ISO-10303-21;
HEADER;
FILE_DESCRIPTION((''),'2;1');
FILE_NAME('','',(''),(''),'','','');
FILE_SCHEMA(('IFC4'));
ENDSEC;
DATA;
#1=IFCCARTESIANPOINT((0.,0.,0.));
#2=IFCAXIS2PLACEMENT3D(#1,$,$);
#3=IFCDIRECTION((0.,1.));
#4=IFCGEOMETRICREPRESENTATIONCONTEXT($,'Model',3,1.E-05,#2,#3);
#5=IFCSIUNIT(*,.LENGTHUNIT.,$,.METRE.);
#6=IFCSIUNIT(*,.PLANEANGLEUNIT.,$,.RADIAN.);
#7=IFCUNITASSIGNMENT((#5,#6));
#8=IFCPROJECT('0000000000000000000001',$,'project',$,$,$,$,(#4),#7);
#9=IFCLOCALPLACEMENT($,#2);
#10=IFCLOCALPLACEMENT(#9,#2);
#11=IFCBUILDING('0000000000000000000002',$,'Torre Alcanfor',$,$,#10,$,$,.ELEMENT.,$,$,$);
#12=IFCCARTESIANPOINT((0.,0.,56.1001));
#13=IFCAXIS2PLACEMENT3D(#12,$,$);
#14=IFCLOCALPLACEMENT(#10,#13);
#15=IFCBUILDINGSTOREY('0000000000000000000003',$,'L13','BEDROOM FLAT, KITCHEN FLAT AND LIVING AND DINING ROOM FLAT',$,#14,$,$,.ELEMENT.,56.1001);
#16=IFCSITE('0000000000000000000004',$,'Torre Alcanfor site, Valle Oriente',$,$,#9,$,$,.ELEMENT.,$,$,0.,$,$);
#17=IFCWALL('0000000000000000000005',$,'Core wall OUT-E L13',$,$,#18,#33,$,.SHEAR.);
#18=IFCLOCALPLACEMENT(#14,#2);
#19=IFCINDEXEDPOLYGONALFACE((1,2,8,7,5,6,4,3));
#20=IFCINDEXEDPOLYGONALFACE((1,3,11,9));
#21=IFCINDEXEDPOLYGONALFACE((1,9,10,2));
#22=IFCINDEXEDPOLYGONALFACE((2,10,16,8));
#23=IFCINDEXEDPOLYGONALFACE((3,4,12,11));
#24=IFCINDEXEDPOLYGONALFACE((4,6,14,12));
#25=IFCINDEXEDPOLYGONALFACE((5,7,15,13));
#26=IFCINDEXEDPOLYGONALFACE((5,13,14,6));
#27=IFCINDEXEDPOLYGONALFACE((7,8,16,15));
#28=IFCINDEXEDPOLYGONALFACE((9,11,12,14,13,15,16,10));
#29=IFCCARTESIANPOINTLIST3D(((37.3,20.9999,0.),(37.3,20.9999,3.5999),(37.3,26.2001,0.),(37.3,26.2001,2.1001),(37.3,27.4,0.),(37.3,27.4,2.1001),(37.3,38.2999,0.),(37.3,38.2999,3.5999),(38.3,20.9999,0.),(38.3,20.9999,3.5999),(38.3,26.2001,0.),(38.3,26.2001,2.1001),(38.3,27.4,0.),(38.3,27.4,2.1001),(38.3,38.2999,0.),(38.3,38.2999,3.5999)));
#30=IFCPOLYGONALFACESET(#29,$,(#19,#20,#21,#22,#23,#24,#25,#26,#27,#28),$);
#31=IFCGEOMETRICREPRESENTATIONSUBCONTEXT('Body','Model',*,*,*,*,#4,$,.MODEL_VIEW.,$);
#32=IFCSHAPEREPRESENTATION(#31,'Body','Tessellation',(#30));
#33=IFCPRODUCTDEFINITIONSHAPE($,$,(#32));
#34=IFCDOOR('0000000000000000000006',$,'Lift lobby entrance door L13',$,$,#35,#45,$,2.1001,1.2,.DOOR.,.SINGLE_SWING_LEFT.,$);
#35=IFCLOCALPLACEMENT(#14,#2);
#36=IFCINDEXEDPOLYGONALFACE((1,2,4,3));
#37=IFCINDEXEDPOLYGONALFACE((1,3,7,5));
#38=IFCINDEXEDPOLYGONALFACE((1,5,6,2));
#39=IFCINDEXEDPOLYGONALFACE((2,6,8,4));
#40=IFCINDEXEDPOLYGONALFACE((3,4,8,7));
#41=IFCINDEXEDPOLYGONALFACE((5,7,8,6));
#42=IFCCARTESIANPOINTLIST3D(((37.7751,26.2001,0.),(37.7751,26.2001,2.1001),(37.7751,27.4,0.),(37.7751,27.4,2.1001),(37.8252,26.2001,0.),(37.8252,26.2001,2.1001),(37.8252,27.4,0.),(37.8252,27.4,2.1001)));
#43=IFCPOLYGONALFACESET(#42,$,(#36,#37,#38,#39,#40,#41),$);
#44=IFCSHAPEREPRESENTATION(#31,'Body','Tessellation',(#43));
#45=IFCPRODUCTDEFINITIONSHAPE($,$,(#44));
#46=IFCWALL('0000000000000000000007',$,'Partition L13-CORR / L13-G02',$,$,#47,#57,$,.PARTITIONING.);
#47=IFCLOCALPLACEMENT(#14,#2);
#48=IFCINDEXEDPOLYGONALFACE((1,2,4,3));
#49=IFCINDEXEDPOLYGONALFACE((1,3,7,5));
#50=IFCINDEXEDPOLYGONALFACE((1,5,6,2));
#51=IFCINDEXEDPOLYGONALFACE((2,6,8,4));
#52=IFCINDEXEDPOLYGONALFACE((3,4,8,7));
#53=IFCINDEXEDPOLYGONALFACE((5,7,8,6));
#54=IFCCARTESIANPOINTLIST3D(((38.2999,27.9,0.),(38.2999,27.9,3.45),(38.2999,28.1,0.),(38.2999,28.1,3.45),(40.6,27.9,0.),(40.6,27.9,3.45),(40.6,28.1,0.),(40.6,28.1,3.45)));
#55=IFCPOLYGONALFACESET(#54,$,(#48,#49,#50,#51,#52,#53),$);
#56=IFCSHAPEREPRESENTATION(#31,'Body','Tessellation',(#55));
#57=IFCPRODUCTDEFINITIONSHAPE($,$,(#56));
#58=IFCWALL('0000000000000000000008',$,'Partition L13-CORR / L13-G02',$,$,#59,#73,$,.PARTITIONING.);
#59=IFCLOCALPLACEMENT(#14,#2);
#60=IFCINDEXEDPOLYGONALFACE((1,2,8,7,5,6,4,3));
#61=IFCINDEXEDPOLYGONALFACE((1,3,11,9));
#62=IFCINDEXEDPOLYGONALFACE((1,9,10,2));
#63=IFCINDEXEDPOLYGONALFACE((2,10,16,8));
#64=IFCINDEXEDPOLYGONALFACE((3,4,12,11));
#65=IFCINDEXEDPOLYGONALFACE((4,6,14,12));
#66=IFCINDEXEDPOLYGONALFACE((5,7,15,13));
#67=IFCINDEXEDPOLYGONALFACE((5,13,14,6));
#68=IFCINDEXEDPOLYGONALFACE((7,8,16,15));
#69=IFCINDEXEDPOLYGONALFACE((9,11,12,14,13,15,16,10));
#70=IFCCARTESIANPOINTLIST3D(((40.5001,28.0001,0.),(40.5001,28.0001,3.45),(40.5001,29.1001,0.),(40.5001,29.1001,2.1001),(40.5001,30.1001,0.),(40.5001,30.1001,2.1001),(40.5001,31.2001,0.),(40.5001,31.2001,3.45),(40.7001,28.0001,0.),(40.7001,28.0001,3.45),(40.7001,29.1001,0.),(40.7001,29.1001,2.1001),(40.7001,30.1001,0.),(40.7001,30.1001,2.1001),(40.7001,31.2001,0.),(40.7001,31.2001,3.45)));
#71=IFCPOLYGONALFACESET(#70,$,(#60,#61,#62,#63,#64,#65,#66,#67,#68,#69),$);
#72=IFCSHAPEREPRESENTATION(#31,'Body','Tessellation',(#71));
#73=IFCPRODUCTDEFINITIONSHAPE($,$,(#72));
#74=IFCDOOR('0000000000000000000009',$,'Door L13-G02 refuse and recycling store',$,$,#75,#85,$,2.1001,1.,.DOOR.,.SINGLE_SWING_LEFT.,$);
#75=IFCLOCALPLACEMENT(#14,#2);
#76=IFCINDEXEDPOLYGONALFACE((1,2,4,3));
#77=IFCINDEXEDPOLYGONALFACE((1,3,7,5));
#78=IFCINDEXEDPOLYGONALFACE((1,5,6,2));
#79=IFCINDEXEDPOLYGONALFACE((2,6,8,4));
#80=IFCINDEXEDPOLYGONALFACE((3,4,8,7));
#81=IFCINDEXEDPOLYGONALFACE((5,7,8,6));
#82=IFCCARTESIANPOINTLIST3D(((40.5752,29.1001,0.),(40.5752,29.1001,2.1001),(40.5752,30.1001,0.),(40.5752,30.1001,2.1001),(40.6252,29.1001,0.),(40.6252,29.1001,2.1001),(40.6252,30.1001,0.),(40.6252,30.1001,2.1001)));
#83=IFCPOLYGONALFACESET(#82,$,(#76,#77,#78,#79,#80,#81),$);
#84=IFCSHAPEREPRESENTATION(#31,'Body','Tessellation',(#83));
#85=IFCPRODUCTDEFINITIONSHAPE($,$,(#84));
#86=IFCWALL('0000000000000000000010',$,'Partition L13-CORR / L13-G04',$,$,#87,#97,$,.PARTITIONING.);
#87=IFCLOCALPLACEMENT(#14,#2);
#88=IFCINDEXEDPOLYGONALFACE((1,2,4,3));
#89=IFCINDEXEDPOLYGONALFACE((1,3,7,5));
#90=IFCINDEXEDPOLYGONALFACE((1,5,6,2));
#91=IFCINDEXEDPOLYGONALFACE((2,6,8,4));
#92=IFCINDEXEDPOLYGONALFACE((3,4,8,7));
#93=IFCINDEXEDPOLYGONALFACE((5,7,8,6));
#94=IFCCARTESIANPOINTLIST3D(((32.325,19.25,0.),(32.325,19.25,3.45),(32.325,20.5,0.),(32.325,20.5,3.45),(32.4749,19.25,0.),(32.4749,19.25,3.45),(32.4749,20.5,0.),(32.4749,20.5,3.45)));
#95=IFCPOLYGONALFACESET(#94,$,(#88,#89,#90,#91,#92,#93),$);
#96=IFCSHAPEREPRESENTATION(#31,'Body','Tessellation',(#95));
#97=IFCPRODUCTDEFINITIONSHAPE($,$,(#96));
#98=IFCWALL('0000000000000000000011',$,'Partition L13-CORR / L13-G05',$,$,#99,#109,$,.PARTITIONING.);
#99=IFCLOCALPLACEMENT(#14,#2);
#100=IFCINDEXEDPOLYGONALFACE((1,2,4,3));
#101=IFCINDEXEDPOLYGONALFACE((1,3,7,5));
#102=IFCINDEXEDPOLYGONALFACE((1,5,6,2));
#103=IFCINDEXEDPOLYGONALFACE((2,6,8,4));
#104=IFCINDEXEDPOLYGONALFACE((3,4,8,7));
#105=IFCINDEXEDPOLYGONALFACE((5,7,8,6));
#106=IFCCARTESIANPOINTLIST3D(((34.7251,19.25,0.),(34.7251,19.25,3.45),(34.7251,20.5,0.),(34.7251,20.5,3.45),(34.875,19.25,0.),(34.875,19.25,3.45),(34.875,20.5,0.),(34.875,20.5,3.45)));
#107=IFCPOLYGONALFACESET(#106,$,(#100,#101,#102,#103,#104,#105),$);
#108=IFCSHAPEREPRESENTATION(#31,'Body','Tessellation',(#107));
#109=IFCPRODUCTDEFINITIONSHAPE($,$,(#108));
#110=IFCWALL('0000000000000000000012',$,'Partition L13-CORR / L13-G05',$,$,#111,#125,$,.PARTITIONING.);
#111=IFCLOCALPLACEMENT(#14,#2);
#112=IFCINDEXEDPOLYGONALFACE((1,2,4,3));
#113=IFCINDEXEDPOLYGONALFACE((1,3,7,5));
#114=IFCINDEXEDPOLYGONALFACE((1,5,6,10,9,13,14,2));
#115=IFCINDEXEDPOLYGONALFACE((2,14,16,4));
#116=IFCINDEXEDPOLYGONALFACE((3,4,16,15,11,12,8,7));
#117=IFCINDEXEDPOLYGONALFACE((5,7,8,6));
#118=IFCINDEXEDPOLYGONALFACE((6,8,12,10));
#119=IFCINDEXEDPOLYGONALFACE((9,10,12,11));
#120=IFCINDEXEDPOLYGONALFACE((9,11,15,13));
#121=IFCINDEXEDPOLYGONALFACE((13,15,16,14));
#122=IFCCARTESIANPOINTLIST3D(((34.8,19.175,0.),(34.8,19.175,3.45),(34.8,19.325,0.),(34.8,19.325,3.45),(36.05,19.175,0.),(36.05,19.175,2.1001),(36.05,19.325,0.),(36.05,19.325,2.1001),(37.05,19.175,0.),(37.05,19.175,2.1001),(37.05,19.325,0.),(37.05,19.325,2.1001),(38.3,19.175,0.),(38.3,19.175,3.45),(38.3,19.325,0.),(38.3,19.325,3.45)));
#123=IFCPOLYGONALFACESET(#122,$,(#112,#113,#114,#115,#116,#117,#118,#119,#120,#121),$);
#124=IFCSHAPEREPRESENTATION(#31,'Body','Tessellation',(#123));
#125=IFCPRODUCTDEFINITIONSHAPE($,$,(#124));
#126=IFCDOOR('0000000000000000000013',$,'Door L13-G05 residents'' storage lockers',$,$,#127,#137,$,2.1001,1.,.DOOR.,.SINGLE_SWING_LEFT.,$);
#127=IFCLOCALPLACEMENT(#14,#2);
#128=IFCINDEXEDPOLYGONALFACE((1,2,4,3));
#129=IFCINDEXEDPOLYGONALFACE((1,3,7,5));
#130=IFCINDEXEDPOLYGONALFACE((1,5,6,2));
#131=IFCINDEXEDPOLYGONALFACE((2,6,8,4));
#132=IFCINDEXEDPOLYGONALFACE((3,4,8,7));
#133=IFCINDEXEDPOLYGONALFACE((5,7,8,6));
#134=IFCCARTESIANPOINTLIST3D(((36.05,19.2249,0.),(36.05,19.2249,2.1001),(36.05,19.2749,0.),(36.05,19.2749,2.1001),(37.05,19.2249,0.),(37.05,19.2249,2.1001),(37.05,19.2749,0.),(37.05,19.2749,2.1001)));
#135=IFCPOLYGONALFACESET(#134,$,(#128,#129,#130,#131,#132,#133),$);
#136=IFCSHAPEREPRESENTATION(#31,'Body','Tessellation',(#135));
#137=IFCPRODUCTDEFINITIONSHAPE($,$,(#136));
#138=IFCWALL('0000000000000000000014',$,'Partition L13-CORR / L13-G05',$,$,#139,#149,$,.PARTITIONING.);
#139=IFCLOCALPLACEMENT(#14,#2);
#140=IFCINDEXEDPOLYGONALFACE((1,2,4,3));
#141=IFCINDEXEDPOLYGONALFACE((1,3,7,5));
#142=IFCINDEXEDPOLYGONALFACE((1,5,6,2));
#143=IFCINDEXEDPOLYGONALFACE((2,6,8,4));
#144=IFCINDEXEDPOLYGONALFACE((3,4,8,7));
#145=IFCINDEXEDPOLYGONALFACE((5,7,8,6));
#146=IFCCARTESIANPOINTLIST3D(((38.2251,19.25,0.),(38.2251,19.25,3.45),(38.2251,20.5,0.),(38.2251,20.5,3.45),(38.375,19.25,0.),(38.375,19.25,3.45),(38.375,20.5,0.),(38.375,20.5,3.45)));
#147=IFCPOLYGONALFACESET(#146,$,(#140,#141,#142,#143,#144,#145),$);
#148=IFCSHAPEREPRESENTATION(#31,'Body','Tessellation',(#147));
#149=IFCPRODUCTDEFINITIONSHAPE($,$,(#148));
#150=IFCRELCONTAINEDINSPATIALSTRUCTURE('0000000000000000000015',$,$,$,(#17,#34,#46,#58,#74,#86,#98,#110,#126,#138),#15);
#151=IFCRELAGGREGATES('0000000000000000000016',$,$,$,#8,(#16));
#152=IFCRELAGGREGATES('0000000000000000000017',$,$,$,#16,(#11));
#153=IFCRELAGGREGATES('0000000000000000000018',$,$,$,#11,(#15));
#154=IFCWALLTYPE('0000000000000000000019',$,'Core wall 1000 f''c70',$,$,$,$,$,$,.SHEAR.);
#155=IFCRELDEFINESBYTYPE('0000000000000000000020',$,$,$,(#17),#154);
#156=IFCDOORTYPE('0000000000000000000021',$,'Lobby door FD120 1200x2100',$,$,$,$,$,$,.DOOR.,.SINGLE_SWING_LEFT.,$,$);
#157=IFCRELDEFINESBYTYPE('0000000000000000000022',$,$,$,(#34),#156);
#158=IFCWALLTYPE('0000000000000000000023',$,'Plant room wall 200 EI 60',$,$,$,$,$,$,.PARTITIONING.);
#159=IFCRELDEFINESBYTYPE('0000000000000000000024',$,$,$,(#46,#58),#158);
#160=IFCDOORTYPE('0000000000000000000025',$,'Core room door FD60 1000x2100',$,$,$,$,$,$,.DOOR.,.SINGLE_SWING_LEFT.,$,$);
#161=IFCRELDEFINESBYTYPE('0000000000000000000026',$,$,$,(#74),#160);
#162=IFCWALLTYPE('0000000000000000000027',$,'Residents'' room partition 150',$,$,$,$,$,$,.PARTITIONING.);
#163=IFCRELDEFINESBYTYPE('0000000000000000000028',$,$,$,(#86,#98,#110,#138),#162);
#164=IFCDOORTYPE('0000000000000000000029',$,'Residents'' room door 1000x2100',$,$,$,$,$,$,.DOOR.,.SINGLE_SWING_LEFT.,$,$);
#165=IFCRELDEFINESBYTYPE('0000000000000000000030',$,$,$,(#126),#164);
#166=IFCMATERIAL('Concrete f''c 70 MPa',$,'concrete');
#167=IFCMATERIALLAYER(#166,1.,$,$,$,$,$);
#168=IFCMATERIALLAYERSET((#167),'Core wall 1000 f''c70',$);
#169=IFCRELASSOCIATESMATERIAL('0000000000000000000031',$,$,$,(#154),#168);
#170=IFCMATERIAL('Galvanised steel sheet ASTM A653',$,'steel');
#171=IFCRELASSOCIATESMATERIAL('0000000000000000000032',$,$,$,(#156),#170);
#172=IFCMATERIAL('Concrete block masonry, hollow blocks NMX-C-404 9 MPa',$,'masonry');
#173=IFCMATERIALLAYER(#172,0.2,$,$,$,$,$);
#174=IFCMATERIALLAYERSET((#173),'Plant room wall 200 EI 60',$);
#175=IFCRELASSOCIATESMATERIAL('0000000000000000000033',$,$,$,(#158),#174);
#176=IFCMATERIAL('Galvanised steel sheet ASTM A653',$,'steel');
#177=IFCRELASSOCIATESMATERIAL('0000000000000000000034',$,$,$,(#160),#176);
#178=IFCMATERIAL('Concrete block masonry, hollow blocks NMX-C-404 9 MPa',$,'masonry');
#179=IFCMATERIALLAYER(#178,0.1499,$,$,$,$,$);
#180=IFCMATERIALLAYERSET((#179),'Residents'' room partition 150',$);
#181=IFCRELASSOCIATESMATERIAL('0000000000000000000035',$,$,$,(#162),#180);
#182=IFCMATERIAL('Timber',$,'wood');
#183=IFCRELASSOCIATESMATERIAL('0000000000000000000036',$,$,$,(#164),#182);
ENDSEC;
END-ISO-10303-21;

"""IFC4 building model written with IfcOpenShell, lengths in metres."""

from ifc_helpers import new_model, si_unit, direction, frame, frame_2d, origin, place, context, subcontext, project, spatial, rectangle, extrude, material, layer, layer_set, type_object, element, fill, save


model = new_model("IFC4")

# Units and contexts
model_context = context("Model", 3, precision=1e-05, world=origin(), true_north=direction((0.0, 1.0)))
body_context = subcontext(model_context, "Body", "Model", "MODEL_VIEW")
ifc_project = project(units=[si_unit("LENGTHUNIT", "METRE"), si_unit("PLANEANGLEUNIT", "RADIAN")], contexts=[model_context])

# Site, building, storey
site_placement = place(None, origin())
site = spatial("IfcSite", under=ifc_project, at=site_placement, Name="Torre Alcanfor site, Valle Oriente", CompositionType="ELEMENT", RefElevation=0.0)
building_placement = place(site_placement, origin())
building = spatial("IfcBuilding", under=site, at=building_placement, Name="Torre Alcanfor", CompositionType="ELEMENT")
storey_placement = place(building_placement, frame((0.0, 0.0, 56.1001)))
storey = spatial("IfcBuildingStorey", under=building, at=storey_placement, Name="L13", Description="BEDROOM FLAT, KITCHEN FLAT AND LIVING AND DINING ROOM FLAT", CompositionType="ELEMENT", Elevation=56.1001)

# Wall, opening, door
ifc_material_1 = material(Name="Concrete f'c 70 MPa", Category="concrete")
ifc_layer_1 = layer(ifc_material_1, 1.0)
ifc_layer_set_1 = layer_set([ifc_layer_1], Name="Core wall 1000 f'c70")
wall_type_1 = type_object("IfcWallType", Name="Core wall 1000 f'c70", PredefinedType="SHEAR", material=ifc_layer_set_1)
wall_1_placement = place(storey_placement, frame((37.8, 21.0, 0.0), z_axis=(0.0, 0.0, 1.0), x_axis=(0.0, 1.0, 0.0)))
wall_1 = element("IfcWall", 1, at=wall_1_placement, inside=storey, type_object=wall_type_1, Name="Core wall OUT-E L13", PredefinedType="SHEAR", context=body_context, shape_type="SweptSolid", body=[
    extrude(rectangle(XDim=17.3, YDim=1.0, at=frame_2d((8.6499, 0.0))), origin(), (0.0, 0.0, 1.0), 3.5999),
])
opening_1_placement = place(wall_1_placement, frame((5.2, 0.0, 0.0)))
opening_1 = element("IfcOpeningElement", 2, at=opening_1_placement, cuts=wall_1, PredefinedType="OPENING", context=body_context, shape_type="SweptSolid", body=[
    extrude(rectangle(XDim=1.2, YDim=2.1001, at=frame_2d((0.6001, 1.05))), frame((0.0, 0.51, 0.0), z_axis=(0.0, -1.0, 0.0), x_axis=(1.0, 0.0, 0.0)), (0.0, 0.0, 1.0), 1.02),
])
ifc_material_2 = material(Name="Galvanised steel sheet ASTM A653", Category="steel")
door_type_1 = type_object("IfcDoorType", Name="Lobby door FD120 1200x2100", OperationType="SINGLE_SWING_LEFT", PredefinedType="DOOR", material=ifc_material_2)
door_1_placement = place(opening_1_placement, origin())
door_1 = element("IfcDoor", 3, at=door_1_placement, inside=storey, type_object=door_type_1, Name="Lift lobby entrance door L13", OperationType="SINGLE_SWING_LEFT", OverallHeight=2.1001, OverallWidth=1.2, PredefinedType="DOOR", context=body_context, shape_type="SweptSolid", body=[
    extrude(rectangle(XDim=1.2, YDim=2.1001, at=frame_2d((0.6001, 1.05))), frame((0.0, 0.0249, 0.0), z_axis=(0.0, -1.0, 0.0), x_axis=(1.0, 0.0, 0.0)), (0.0, 0.0, 1.0), 0.05),
])
fill(opening_1, door_1)

# Wall
ifc_material_3 = material(Name="Concrete block masonry, hollow blocks NMX-C-404 9 MPa", Category="masonry")
ifc_layer_2 = layer(ifc_material_3, 0.2)
ifc_layer_set_2 = layer_set([ifc_layer_2], Name="Plant room wall 200 EI 60")
wall_type_2 = type_object("IfcWallType", Name="Plant room wall 200 EI 60", PredefinedType="PARTITIONING", material=ifc_layer_set_2)
wall_2_placement = place(storey_placement, frame((38.3, 28.0, 0.0), z_axis=(0.0, 0.0, 1.0), x_axis=(1.0, 0.0, 0.0)))
element("IfcWall", 4, at=wall_2_placement, inside=storey, type_object=wall_type_2, Name="Partition L13-CORR / L13-G02", PredefinedType="PARTITIONING", context=body_context, shape_type="SweptSolid", body=[
    extrude(rectangle(XDim=2.3, YDim=0.2, at=frame_2d((1.1499, 0.0))), origin(), (0.0, 0.0, 1.0), 3.45),
])

# Wall, opening, door
wall_3_placement = place(storey_placement, frame((40.6001, 28.0, 0.0), z_axis=(0.0, 0.0, 1.0), x_axis=(0.0, 1.0, 0.0)))
wall_3 = element("IfcWall", 5, at=wall_3_placement, inside=storey, type_object=wall_type_2, Name="Partition L13-CORR / L13-G02", PredefinedType="PARTITIONING", context=body_context, shape_type="SweptSolid", body=[
    extrude(rectangle(XDim=3.2, YDim=0.2, at=frame_2d((1.6001, 0.0))), origin(), (0.0, 0.0, 1.0), 3.45),
])
opening_2_placement = place(wall_3_placement, frame((1.1001, 0.0, 0.0)))
opening_2 = element("IfcOpeningElement", 6, at=opening_2_placement, cuts=wall_3, PredefinedType="OPENING", context=body_context, shape_type="SweptSolid", body=[
    extrude(rectangle(XDim=1.0, YDim=2.1001, at=frame_2d((0.5, 1.05))), frame((0.0, 0.1099, 0.0), z_axis=(0.0, -1.0, 0.0), x_axis=(1.0, 0.0, 0.0)), (0.0, 0.0, 1.0), 0.22),
])
ifc_material_4 = material(Name="Galvanised steel sheet ASTM A653", Category="steel")
door_type_2 = type_object("IfcDoorType", Name="Core room door FD60 1000x2100", OperationType="SINGLE_SWING_LEFT", PredefinedType="DOOR", material=ifc_material_4)
door_2_placement = place(opening_2_placement, origin())
door_2 = element("IfcDoor", 7, at=door_2_placement, inside=storey, type_object=door_type_2, Name="Door L13-G02 refuse and recycling store", OperationType="SINGLE_SWING_LEFT", OverallHeight=2.1001, OverallWidth=1.0, PredefinedType="DOOR", context=body_context, shape_type="SweptSolid", body=[
    extrude(rectangle(XDim=1.0, YDim=2.1001, at=frame_2d((0.5, 1.05))), frame((0.0, 0.0249, 0.0), z_axis=(0.0, -1.0, 0.0), x_axis=(1.0, 0.0, 0.0)), (0.0, 0.0, 1.0), 0.05),
])
fill(opening_2, door_2)

# Walls
ifc_material_5 = material(Name="Concrete block masonry, hollow blocks NMX-C-404 9 MPa", Category="masonry")
ifc_layer_3 = layer(ifc_material_5, 0.1499)
ifc_layer_set_3 = layer_set([ifc_layer_3], Name="Residents' room partition 150")
wall_type_3 = type_object("IfcWallType", Name="Residents' room partition 150", PredefinedType="PARTITIONING", material=ifc_layer_set_3)
for number, where, z_axis, x_axis, name in (
    (8, (32.3999, 19.25, 0.0), (0.0, 0.0, 1.0), (0.0, 1.0, 0.0), "Partition L13-CORR / L13-G04"),
    (9, (34.8, 20.5, 0.0), (0.0, 0.0, 1.0), (0.0, -1.0, 0.0), "Partition L13-CORR / L13-G05"),
):
    element("IfcWall", number, at=place(storey_placement, frame(where, z_axis=z_axis, x_axis=x_axis)), inside=storey, type_object=wall_type_3, Name=name, PredefinedType="PARTITIONING", context=body_context, shape_type="SweptSolid", body=[
        extrude(rectangle(XDim=1.25, YDim=0.1499, at=frame_2d((0.625, 0.0))), origin(), (0.0, 0.0, 1.0), 3.45),
    ])

# Wall, opening, door
wall_4_placement = place(storey_placement, frame((34.8, 19.25, 0.0), z_axis=(0.0, 0.0, 1.0), x_axis=(1.0, 0.0, 0.0)))
wall_4 = element("IfcWall", 10, at=wall_4_placement, inside=storey, type_object=wall_type_3, Name="Partition L13-CORR / L13-G05", PredefinedType="PARTITIONING", context=body_context, shape_type="SweptSolid", body=[
    extrude(rectangle(XDim=3.5, YDim=0.1499, at=frame_2d((1.75, 0.0))), origin(), (0.0, 0.0, 1.0), 3.45),
])
opening_3_placement = place(wall_4_placement, frame((1.25, 0.0, 0.0)))
opening_3 = element("IfcOpeningElement", 11, at=opening_3_placement, cuts=wall_4, PredefinedType="OPENING", context=body_context, shape_type="SweptSolid", body=[
    extrude(rectangle(XDim=1.0, YDim=2.1001, at=frame_2d((0.5, 1.05))), frame((0.0, 0.085, 0.0), z_axis=(0.0, -1.0, 0.0), x_axis=(1.0, 0.0, 0.0)), (0.0, 0.0, 1.0), 0.1699),
])
ifc_material_6 = material(Name="Timber", Category="wood")
door_type_3 = type_object("IfcDoorType", Name="Residents' room door 1000x2100", OperationType="SINGLE_SWING_LEFT", PredefinedType="DOOR", material=ifc_material_6)
door_3_placement = place(opening_3_placement, origin())
door_3 = element("IfcDoor", 12, at=door_3_placement, inside=storey, type_object=door_type_3, Name="Door L13-G05 residents' storage lockers", OperationType="SINGLE_SWING_LEFT", OverallHeight=2.1001, OverallWidth=1.0, PredefinedType="DOOR", context=body_context, shape_type="SweptSolid", body=[
    extrude(rectangle(XDim=1.0, YDim=2.1001, at=frame_2d((0.5, 1.05))), frame((0.0, 0.0249, 0.0), z_axis=(0.0, -1.0, 0.0), x_axis=(1.0, 0.0, 0.0)), (0.0, 0.0, 1.0), 0.05),
])
fill(opening_3, door_3)

# Wall
wall_5_placement = place(storey_placement, frame((38.3, 19.25, 0.0), z_axis=(0.0, 0.0, 1.0), x_axis=(0.0, 1.0, 0.0)))
element("IfcWall", 13, at=wall_5_placement, inside=storey, type_object=wall_type_3, Name="Partition L13-CORR / L13-G05", PredefinedType="PARTITIONING", context=body_context, shape_type="SweptSolid", body=[
    extrude(rectangle(XDim=1.25, YDim=0.1499, at=frame_2d((0.625, 0.0))), origin(), (0.0, 0.0, 1.0), 3.45),
])

save(model, "model.ifc")
